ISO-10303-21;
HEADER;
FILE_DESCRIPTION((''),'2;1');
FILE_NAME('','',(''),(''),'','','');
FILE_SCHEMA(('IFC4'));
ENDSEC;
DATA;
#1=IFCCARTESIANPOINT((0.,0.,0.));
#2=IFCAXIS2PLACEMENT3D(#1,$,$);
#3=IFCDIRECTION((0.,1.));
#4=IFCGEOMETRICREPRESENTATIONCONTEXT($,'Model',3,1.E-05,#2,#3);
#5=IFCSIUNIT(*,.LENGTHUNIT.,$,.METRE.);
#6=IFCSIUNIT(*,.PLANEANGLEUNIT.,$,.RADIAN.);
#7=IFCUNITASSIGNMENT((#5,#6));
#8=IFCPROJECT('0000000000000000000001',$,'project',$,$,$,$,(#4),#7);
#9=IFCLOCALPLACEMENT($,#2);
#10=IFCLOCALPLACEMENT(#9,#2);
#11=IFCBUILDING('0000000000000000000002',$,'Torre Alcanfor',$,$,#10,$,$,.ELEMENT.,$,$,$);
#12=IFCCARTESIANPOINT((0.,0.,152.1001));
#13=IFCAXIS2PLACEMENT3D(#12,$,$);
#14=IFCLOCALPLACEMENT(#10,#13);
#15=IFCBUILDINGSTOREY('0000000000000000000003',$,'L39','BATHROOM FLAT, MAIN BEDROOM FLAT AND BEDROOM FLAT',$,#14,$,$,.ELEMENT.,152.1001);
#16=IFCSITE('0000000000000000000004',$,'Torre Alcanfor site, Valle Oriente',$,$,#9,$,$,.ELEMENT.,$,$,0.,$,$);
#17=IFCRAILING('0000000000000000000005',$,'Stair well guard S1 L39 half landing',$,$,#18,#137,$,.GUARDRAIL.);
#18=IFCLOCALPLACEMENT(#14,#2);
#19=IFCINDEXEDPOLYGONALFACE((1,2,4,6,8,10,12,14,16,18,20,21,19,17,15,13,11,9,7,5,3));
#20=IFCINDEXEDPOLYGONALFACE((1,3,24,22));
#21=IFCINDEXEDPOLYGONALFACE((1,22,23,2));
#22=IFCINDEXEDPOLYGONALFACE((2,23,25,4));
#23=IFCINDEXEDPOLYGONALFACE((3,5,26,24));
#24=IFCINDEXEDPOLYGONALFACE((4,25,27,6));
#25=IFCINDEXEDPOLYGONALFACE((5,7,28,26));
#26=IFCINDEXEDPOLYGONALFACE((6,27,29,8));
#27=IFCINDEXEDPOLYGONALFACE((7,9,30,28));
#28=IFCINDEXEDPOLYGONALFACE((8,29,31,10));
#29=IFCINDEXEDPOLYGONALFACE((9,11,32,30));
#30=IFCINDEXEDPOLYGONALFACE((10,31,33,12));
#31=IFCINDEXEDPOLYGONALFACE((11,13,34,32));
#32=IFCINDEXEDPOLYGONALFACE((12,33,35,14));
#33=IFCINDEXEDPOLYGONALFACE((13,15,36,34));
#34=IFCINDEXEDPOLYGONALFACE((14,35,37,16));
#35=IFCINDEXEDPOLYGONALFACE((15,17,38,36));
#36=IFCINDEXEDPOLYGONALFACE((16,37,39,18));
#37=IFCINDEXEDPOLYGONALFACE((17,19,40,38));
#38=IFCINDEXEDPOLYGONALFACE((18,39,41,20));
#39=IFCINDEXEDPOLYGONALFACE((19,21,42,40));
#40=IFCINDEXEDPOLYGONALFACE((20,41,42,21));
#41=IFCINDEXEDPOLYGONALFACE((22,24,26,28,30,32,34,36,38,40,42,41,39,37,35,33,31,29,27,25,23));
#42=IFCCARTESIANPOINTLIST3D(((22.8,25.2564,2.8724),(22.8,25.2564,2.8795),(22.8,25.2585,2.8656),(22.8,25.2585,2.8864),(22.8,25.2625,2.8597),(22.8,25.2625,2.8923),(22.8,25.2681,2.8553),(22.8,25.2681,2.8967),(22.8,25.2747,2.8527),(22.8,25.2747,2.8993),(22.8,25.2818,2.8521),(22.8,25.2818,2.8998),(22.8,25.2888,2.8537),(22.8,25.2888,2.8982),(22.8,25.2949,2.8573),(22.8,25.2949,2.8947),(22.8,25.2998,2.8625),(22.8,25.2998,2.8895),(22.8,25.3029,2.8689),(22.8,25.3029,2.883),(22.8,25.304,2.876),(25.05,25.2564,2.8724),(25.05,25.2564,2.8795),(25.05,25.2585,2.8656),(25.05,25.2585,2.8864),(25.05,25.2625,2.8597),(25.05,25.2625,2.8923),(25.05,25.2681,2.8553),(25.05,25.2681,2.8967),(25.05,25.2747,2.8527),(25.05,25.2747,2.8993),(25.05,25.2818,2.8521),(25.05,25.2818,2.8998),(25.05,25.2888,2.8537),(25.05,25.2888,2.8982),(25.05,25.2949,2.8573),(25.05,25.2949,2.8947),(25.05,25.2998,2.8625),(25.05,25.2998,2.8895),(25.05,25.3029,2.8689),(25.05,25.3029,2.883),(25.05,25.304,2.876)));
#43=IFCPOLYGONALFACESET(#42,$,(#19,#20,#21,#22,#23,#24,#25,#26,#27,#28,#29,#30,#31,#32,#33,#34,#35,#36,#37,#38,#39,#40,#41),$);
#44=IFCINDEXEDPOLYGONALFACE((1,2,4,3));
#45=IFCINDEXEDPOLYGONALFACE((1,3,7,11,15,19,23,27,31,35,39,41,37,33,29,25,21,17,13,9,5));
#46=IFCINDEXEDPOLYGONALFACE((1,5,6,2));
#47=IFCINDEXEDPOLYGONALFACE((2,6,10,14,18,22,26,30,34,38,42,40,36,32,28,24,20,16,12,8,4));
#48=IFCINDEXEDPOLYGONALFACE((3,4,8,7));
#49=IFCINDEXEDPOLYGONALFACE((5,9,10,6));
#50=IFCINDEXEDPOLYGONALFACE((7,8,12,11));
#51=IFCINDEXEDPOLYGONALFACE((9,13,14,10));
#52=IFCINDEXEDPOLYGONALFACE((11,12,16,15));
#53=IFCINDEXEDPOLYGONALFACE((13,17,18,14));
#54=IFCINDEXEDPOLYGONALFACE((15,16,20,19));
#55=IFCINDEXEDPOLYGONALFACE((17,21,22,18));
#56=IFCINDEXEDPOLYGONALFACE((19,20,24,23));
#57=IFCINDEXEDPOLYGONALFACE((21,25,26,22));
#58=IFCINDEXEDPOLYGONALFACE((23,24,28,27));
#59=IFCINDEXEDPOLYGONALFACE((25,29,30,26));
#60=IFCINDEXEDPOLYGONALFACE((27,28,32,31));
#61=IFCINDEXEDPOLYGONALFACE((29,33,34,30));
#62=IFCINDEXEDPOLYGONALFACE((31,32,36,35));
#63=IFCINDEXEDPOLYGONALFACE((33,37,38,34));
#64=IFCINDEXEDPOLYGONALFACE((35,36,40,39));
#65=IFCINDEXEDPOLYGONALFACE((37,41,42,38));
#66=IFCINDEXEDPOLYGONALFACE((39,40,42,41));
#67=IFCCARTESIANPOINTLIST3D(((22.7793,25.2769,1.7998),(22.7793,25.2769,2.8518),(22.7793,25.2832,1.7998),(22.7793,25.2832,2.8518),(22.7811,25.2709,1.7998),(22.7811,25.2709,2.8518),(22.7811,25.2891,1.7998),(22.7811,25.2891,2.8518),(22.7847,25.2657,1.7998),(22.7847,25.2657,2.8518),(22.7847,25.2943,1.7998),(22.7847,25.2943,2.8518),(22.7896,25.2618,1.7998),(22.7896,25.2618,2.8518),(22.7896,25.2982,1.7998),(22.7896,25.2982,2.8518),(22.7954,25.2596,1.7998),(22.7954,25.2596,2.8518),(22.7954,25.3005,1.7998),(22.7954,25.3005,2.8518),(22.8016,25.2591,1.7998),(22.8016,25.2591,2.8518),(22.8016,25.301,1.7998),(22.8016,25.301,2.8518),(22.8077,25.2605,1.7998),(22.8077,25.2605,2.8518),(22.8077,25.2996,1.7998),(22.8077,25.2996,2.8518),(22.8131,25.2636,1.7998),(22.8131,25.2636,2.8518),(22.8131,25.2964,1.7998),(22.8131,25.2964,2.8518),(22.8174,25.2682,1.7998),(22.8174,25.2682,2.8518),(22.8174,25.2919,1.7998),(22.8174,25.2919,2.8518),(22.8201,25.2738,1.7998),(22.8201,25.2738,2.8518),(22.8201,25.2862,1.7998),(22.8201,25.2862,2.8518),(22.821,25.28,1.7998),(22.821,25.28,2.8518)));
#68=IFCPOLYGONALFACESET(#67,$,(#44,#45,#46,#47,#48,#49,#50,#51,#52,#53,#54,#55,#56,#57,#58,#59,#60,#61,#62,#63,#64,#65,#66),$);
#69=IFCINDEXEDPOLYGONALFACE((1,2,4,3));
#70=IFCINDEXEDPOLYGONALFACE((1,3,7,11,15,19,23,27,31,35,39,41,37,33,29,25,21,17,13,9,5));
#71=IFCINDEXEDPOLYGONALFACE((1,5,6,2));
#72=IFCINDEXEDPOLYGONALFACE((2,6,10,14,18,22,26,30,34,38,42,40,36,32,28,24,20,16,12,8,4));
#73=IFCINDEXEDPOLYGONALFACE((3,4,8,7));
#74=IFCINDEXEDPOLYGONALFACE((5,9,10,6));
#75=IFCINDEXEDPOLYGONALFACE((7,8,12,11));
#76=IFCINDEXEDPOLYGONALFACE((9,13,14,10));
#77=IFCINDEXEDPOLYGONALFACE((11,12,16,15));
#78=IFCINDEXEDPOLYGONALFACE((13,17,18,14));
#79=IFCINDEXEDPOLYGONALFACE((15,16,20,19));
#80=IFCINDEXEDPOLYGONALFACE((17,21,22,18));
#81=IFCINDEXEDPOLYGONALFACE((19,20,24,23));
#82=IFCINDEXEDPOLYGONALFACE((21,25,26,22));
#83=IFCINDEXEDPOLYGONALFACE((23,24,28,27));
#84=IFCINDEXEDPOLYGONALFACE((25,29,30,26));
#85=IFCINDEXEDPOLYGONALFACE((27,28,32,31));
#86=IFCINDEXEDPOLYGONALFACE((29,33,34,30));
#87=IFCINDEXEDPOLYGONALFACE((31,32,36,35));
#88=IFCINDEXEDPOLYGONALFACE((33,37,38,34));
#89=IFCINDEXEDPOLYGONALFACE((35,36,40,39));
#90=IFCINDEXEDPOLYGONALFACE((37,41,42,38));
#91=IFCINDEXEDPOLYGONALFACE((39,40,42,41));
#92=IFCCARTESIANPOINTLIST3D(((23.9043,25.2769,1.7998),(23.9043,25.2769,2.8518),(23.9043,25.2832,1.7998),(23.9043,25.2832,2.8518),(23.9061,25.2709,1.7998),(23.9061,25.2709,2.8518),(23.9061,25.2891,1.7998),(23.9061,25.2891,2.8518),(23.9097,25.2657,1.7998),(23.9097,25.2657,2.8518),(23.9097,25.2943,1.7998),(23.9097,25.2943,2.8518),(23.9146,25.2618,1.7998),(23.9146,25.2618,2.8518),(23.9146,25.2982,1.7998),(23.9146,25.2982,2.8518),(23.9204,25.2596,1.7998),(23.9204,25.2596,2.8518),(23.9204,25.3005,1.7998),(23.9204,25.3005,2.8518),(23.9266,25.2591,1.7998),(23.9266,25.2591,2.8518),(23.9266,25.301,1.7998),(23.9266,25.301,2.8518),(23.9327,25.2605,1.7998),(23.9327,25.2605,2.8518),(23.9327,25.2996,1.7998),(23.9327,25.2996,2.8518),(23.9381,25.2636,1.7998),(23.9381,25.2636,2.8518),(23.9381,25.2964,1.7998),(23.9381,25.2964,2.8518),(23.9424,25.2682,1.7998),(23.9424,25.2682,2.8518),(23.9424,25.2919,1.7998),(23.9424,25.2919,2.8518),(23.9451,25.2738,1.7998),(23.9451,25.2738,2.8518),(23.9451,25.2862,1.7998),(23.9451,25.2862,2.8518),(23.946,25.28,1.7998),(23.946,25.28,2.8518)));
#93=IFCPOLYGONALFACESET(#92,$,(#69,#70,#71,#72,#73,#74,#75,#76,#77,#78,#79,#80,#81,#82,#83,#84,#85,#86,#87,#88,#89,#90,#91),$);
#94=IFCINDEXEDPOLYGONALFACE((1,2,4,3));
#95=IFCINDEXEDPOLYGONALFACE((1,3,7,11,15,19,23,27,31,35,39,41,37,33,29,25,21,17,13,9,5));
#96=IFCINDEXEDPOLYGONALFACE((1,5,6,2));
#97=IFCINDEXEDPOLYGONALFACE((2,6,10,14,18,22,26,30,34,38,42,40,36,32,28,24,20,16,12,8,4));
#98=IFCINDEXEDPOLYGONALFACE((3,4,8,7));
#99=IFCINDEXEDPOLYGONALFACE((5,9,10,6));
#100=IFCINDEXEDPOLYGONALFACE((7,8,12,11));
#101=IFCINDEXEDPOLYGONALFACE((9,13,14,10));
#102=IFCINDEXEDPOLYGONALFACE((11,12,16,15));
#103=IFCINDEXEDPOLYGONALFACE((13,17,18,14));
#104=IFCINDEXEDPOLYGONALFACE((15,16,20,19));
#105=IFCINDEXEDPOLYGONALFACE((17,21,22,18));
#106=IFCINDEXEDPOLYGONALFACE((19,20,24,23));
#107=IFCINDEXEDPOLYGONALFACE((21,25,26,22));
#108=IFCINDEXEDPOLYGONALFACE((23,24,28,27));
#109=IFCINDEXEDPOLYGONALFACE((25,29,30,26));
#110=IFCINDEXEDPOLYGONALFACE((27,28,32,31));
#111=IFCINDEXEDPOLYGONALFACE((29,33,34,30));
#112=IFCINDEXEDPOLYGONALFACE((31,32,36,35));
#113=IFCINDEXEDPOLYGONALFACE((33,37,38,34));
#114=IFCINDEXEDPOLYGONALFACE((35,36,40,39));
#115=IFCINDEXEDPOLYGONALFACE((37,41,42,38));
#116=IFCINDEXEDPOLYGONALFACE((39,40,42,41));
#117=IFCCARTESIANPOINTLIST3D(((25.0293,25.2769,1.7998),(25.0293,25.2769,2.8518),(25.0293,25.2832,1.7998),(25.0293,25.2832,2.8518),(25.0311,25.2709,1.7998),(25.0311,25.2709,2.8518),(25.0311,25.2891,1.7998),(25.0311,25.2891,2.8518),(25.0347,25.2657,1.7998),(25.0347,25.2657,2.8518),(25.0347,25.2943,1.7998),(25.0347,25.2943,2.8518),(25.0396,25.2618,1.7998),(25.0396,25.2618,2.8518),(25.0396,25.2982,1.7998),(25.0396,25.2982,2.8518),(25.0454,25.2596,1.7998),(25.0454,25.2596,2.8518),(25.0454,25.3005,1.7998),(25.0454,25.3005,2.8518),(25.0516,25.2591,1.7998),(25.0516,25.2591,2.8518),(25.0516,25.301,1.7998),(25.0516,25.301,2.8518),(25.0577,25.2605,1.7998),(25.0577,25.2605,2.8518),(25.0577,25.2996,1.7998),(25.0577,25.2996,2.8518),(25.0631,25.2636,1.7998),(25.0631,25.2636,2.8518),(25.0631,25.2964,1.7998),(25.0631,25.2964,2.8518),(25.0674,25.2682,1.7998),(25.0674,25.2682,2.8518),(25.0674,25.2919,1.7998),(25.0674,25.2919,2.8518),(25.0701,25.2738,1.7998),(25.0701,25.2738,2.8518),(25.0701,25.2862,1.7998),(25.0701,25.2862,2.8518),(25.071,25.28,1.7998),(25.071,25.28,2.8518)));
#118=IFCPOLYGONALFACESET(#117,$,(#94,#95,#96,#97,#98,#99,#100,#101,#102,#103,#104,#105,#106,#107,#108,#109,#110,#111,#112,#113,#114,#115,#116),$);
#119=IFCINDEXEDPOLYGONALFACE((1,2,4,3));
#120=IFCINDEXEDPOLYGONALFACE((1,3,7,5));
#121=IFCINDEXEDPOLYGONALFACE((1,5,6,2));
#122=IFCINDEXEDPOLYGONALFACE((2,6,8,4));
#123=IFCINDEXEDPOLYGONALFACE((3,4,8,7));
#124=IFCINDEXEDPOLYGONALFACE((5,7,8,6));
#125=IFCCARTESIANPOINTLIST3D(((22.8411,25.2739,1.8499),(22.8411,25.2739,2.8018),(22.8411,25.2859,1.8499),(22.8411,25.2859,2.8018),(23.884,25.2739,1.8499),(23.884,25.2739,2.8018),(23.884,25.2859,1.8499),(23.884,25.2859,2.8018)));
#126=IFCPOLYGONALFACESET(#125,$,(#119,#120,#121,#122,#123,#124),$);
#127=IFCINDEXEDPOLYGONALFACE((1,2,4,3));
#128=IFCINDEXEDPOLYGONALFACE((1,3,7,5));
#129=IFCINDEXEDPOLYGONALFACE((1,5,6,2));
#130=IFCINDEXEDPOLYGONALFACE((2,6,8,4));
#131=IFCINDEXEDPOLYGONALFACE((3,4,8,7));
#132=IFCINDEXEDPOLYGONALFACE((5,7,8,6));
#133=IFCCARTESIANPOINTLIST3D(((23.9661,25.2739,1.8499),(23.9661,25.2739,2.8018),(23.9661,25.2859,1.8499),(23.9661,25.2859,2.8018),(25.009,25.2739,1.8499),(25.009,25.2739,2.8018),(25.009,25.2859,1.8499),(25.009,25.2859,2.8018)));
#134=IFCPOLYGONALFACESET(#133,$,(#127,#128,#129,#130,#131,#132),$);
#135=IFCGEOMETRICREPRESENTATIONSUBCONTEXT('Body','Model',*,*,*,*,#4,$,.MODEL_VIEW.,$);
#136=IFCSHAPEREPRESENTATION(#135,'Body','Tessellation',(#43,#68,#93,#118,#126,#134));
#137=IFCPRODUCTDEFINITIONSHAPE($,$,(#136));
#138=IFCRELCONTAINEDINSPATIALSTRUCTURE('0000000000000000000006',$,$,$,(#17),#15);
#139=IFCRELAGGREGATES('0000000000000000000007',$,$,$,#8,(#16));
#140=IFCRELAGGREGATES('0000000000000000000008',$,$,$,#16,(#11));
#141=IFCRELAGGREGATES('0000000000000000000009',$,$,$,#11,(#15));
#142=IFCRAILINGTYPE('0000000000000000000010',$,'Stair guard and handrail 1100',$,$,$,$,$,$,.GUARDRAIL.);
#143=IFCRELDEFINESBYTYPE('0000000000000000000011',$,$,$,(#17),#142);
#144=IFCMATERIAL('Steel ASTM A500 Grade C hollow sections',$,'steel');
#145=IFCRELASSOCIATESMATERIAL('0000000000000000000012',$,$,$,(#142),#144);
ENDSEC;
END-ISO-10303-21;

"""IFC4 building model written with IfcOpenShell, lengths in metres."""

from ifc_helpers import new_model, si_unit, direction, frame, origin, origin_2d, place, context, subcontext, project, spatial, polyline, circle, outline, extrude, material, type_object, element, save


model = new_model("IFC4")

# Units and contexts
model_context = context("Model", 3, precision=1e-05, world=origin(), true_north=direction((0.0, 1.0)))
body_context = subcontext(model_context, "Body", "Model", "MODEL_VIEW")
ifc_project = project(units=[si_unit("LENGTHUNIT", "METRE"), si_unit("PLANEANGLEUNIT", "RADIAN")], contexts=[model_context])

# Site, building, storey
site_placement = place(None, origin())
site = spatial("IfcSite", under=ifc_project, at=site_placement, Name="Torre Alcanfor site, Valle Oriente", CompositionType="ELEMENT", RefElevation=0.0)
building_placement = place(site_placement, origin())
building = spatial("IfcBuilding", under=site, at=building_placement, Name="Torre Alcanfor", CompositionType="ELEMENT")
storey_placement = place(building_placement, frame((0.0, 0.0, 152.1001)))
storey = spatial("IfcBuildingStorey", under=building, at=storey_placement, Name="L39", Description="BATHROOM FLAT, MAIN BEDROOM FLAT AND BEDROOM FLAT", CompositionType="ELEMENT", Elevation=152.1001)

# Railing
ifc_material_1 = material(Name="Steel ASTM A500 Grade C hollow sections", Category="steel")
railing_type = type_object("IfcRailingType", Name="Stair guard and handrail 1100", PredefinedType="GUARDRAIL", material=ifc_material_1)
railing_1_placement = place(storey_placement, frame((22.8, 25.28, 1.7998)))
element("IfcRailing", 1, at=railing_1_placement, inside=storey, type_object=railing_type, Name="Stair well guard S1 L39 half landing", PredefinedType="GUARDRAIL", context=body_context, shape_type="SweptSolid", body=[
    extrude(circle(Radius=0.0239, at=origin_2d()), frame((0.0, 0.0, 1.0762), z_axis=(1.0, 0.0, 0.0), x_axis=(0.0, 1.0, 0.0)), (0.0, 0.0, 1.0), 2.25),
    extrude(circle(Radius=0.021, at=origin_2d()), origin(), (0.0, 0.0, 1.0), 1.052),
    extrude(circle(Radius=0.021, at=origin_2d()), frame((1.125, 0.0, 0.0)), (0.0, 0.0, 1.0), 1.052),
    extrude(circle(Radius=0.021, at=origin_2d()), frame((2.25, 0.0, 0.0)), (0.0, 0.0, 1.0), 1.052),
    extrude(outline(polyline([(0.041, 0.05), (1.084, 0.05), (1.084, 1.002), (0.041, 1.002), (0.041, 0.05)])), frame((0.0, 0.0059, 0.0), z_axis=(0.0, -1.0, 0.0), x_axis=(1.0, 0.0, 0.0)), (0.0, 0.0, 1.0), 0.012),
    extrude(outline(polyline([(1.166, 0.05), (2.209, 0.05), (2.209, 1.002), (1.166, 1.002), (1.166, 0.05)])), frame((0.0, 0.0059, 0.0), z_axis=(0.0, -1.0, 0.0), x_axis=(1.0, 0.0, 0.0)), (0.0, 0.0, 1.0), 0.012),
])

save(model, "model.ifc")
